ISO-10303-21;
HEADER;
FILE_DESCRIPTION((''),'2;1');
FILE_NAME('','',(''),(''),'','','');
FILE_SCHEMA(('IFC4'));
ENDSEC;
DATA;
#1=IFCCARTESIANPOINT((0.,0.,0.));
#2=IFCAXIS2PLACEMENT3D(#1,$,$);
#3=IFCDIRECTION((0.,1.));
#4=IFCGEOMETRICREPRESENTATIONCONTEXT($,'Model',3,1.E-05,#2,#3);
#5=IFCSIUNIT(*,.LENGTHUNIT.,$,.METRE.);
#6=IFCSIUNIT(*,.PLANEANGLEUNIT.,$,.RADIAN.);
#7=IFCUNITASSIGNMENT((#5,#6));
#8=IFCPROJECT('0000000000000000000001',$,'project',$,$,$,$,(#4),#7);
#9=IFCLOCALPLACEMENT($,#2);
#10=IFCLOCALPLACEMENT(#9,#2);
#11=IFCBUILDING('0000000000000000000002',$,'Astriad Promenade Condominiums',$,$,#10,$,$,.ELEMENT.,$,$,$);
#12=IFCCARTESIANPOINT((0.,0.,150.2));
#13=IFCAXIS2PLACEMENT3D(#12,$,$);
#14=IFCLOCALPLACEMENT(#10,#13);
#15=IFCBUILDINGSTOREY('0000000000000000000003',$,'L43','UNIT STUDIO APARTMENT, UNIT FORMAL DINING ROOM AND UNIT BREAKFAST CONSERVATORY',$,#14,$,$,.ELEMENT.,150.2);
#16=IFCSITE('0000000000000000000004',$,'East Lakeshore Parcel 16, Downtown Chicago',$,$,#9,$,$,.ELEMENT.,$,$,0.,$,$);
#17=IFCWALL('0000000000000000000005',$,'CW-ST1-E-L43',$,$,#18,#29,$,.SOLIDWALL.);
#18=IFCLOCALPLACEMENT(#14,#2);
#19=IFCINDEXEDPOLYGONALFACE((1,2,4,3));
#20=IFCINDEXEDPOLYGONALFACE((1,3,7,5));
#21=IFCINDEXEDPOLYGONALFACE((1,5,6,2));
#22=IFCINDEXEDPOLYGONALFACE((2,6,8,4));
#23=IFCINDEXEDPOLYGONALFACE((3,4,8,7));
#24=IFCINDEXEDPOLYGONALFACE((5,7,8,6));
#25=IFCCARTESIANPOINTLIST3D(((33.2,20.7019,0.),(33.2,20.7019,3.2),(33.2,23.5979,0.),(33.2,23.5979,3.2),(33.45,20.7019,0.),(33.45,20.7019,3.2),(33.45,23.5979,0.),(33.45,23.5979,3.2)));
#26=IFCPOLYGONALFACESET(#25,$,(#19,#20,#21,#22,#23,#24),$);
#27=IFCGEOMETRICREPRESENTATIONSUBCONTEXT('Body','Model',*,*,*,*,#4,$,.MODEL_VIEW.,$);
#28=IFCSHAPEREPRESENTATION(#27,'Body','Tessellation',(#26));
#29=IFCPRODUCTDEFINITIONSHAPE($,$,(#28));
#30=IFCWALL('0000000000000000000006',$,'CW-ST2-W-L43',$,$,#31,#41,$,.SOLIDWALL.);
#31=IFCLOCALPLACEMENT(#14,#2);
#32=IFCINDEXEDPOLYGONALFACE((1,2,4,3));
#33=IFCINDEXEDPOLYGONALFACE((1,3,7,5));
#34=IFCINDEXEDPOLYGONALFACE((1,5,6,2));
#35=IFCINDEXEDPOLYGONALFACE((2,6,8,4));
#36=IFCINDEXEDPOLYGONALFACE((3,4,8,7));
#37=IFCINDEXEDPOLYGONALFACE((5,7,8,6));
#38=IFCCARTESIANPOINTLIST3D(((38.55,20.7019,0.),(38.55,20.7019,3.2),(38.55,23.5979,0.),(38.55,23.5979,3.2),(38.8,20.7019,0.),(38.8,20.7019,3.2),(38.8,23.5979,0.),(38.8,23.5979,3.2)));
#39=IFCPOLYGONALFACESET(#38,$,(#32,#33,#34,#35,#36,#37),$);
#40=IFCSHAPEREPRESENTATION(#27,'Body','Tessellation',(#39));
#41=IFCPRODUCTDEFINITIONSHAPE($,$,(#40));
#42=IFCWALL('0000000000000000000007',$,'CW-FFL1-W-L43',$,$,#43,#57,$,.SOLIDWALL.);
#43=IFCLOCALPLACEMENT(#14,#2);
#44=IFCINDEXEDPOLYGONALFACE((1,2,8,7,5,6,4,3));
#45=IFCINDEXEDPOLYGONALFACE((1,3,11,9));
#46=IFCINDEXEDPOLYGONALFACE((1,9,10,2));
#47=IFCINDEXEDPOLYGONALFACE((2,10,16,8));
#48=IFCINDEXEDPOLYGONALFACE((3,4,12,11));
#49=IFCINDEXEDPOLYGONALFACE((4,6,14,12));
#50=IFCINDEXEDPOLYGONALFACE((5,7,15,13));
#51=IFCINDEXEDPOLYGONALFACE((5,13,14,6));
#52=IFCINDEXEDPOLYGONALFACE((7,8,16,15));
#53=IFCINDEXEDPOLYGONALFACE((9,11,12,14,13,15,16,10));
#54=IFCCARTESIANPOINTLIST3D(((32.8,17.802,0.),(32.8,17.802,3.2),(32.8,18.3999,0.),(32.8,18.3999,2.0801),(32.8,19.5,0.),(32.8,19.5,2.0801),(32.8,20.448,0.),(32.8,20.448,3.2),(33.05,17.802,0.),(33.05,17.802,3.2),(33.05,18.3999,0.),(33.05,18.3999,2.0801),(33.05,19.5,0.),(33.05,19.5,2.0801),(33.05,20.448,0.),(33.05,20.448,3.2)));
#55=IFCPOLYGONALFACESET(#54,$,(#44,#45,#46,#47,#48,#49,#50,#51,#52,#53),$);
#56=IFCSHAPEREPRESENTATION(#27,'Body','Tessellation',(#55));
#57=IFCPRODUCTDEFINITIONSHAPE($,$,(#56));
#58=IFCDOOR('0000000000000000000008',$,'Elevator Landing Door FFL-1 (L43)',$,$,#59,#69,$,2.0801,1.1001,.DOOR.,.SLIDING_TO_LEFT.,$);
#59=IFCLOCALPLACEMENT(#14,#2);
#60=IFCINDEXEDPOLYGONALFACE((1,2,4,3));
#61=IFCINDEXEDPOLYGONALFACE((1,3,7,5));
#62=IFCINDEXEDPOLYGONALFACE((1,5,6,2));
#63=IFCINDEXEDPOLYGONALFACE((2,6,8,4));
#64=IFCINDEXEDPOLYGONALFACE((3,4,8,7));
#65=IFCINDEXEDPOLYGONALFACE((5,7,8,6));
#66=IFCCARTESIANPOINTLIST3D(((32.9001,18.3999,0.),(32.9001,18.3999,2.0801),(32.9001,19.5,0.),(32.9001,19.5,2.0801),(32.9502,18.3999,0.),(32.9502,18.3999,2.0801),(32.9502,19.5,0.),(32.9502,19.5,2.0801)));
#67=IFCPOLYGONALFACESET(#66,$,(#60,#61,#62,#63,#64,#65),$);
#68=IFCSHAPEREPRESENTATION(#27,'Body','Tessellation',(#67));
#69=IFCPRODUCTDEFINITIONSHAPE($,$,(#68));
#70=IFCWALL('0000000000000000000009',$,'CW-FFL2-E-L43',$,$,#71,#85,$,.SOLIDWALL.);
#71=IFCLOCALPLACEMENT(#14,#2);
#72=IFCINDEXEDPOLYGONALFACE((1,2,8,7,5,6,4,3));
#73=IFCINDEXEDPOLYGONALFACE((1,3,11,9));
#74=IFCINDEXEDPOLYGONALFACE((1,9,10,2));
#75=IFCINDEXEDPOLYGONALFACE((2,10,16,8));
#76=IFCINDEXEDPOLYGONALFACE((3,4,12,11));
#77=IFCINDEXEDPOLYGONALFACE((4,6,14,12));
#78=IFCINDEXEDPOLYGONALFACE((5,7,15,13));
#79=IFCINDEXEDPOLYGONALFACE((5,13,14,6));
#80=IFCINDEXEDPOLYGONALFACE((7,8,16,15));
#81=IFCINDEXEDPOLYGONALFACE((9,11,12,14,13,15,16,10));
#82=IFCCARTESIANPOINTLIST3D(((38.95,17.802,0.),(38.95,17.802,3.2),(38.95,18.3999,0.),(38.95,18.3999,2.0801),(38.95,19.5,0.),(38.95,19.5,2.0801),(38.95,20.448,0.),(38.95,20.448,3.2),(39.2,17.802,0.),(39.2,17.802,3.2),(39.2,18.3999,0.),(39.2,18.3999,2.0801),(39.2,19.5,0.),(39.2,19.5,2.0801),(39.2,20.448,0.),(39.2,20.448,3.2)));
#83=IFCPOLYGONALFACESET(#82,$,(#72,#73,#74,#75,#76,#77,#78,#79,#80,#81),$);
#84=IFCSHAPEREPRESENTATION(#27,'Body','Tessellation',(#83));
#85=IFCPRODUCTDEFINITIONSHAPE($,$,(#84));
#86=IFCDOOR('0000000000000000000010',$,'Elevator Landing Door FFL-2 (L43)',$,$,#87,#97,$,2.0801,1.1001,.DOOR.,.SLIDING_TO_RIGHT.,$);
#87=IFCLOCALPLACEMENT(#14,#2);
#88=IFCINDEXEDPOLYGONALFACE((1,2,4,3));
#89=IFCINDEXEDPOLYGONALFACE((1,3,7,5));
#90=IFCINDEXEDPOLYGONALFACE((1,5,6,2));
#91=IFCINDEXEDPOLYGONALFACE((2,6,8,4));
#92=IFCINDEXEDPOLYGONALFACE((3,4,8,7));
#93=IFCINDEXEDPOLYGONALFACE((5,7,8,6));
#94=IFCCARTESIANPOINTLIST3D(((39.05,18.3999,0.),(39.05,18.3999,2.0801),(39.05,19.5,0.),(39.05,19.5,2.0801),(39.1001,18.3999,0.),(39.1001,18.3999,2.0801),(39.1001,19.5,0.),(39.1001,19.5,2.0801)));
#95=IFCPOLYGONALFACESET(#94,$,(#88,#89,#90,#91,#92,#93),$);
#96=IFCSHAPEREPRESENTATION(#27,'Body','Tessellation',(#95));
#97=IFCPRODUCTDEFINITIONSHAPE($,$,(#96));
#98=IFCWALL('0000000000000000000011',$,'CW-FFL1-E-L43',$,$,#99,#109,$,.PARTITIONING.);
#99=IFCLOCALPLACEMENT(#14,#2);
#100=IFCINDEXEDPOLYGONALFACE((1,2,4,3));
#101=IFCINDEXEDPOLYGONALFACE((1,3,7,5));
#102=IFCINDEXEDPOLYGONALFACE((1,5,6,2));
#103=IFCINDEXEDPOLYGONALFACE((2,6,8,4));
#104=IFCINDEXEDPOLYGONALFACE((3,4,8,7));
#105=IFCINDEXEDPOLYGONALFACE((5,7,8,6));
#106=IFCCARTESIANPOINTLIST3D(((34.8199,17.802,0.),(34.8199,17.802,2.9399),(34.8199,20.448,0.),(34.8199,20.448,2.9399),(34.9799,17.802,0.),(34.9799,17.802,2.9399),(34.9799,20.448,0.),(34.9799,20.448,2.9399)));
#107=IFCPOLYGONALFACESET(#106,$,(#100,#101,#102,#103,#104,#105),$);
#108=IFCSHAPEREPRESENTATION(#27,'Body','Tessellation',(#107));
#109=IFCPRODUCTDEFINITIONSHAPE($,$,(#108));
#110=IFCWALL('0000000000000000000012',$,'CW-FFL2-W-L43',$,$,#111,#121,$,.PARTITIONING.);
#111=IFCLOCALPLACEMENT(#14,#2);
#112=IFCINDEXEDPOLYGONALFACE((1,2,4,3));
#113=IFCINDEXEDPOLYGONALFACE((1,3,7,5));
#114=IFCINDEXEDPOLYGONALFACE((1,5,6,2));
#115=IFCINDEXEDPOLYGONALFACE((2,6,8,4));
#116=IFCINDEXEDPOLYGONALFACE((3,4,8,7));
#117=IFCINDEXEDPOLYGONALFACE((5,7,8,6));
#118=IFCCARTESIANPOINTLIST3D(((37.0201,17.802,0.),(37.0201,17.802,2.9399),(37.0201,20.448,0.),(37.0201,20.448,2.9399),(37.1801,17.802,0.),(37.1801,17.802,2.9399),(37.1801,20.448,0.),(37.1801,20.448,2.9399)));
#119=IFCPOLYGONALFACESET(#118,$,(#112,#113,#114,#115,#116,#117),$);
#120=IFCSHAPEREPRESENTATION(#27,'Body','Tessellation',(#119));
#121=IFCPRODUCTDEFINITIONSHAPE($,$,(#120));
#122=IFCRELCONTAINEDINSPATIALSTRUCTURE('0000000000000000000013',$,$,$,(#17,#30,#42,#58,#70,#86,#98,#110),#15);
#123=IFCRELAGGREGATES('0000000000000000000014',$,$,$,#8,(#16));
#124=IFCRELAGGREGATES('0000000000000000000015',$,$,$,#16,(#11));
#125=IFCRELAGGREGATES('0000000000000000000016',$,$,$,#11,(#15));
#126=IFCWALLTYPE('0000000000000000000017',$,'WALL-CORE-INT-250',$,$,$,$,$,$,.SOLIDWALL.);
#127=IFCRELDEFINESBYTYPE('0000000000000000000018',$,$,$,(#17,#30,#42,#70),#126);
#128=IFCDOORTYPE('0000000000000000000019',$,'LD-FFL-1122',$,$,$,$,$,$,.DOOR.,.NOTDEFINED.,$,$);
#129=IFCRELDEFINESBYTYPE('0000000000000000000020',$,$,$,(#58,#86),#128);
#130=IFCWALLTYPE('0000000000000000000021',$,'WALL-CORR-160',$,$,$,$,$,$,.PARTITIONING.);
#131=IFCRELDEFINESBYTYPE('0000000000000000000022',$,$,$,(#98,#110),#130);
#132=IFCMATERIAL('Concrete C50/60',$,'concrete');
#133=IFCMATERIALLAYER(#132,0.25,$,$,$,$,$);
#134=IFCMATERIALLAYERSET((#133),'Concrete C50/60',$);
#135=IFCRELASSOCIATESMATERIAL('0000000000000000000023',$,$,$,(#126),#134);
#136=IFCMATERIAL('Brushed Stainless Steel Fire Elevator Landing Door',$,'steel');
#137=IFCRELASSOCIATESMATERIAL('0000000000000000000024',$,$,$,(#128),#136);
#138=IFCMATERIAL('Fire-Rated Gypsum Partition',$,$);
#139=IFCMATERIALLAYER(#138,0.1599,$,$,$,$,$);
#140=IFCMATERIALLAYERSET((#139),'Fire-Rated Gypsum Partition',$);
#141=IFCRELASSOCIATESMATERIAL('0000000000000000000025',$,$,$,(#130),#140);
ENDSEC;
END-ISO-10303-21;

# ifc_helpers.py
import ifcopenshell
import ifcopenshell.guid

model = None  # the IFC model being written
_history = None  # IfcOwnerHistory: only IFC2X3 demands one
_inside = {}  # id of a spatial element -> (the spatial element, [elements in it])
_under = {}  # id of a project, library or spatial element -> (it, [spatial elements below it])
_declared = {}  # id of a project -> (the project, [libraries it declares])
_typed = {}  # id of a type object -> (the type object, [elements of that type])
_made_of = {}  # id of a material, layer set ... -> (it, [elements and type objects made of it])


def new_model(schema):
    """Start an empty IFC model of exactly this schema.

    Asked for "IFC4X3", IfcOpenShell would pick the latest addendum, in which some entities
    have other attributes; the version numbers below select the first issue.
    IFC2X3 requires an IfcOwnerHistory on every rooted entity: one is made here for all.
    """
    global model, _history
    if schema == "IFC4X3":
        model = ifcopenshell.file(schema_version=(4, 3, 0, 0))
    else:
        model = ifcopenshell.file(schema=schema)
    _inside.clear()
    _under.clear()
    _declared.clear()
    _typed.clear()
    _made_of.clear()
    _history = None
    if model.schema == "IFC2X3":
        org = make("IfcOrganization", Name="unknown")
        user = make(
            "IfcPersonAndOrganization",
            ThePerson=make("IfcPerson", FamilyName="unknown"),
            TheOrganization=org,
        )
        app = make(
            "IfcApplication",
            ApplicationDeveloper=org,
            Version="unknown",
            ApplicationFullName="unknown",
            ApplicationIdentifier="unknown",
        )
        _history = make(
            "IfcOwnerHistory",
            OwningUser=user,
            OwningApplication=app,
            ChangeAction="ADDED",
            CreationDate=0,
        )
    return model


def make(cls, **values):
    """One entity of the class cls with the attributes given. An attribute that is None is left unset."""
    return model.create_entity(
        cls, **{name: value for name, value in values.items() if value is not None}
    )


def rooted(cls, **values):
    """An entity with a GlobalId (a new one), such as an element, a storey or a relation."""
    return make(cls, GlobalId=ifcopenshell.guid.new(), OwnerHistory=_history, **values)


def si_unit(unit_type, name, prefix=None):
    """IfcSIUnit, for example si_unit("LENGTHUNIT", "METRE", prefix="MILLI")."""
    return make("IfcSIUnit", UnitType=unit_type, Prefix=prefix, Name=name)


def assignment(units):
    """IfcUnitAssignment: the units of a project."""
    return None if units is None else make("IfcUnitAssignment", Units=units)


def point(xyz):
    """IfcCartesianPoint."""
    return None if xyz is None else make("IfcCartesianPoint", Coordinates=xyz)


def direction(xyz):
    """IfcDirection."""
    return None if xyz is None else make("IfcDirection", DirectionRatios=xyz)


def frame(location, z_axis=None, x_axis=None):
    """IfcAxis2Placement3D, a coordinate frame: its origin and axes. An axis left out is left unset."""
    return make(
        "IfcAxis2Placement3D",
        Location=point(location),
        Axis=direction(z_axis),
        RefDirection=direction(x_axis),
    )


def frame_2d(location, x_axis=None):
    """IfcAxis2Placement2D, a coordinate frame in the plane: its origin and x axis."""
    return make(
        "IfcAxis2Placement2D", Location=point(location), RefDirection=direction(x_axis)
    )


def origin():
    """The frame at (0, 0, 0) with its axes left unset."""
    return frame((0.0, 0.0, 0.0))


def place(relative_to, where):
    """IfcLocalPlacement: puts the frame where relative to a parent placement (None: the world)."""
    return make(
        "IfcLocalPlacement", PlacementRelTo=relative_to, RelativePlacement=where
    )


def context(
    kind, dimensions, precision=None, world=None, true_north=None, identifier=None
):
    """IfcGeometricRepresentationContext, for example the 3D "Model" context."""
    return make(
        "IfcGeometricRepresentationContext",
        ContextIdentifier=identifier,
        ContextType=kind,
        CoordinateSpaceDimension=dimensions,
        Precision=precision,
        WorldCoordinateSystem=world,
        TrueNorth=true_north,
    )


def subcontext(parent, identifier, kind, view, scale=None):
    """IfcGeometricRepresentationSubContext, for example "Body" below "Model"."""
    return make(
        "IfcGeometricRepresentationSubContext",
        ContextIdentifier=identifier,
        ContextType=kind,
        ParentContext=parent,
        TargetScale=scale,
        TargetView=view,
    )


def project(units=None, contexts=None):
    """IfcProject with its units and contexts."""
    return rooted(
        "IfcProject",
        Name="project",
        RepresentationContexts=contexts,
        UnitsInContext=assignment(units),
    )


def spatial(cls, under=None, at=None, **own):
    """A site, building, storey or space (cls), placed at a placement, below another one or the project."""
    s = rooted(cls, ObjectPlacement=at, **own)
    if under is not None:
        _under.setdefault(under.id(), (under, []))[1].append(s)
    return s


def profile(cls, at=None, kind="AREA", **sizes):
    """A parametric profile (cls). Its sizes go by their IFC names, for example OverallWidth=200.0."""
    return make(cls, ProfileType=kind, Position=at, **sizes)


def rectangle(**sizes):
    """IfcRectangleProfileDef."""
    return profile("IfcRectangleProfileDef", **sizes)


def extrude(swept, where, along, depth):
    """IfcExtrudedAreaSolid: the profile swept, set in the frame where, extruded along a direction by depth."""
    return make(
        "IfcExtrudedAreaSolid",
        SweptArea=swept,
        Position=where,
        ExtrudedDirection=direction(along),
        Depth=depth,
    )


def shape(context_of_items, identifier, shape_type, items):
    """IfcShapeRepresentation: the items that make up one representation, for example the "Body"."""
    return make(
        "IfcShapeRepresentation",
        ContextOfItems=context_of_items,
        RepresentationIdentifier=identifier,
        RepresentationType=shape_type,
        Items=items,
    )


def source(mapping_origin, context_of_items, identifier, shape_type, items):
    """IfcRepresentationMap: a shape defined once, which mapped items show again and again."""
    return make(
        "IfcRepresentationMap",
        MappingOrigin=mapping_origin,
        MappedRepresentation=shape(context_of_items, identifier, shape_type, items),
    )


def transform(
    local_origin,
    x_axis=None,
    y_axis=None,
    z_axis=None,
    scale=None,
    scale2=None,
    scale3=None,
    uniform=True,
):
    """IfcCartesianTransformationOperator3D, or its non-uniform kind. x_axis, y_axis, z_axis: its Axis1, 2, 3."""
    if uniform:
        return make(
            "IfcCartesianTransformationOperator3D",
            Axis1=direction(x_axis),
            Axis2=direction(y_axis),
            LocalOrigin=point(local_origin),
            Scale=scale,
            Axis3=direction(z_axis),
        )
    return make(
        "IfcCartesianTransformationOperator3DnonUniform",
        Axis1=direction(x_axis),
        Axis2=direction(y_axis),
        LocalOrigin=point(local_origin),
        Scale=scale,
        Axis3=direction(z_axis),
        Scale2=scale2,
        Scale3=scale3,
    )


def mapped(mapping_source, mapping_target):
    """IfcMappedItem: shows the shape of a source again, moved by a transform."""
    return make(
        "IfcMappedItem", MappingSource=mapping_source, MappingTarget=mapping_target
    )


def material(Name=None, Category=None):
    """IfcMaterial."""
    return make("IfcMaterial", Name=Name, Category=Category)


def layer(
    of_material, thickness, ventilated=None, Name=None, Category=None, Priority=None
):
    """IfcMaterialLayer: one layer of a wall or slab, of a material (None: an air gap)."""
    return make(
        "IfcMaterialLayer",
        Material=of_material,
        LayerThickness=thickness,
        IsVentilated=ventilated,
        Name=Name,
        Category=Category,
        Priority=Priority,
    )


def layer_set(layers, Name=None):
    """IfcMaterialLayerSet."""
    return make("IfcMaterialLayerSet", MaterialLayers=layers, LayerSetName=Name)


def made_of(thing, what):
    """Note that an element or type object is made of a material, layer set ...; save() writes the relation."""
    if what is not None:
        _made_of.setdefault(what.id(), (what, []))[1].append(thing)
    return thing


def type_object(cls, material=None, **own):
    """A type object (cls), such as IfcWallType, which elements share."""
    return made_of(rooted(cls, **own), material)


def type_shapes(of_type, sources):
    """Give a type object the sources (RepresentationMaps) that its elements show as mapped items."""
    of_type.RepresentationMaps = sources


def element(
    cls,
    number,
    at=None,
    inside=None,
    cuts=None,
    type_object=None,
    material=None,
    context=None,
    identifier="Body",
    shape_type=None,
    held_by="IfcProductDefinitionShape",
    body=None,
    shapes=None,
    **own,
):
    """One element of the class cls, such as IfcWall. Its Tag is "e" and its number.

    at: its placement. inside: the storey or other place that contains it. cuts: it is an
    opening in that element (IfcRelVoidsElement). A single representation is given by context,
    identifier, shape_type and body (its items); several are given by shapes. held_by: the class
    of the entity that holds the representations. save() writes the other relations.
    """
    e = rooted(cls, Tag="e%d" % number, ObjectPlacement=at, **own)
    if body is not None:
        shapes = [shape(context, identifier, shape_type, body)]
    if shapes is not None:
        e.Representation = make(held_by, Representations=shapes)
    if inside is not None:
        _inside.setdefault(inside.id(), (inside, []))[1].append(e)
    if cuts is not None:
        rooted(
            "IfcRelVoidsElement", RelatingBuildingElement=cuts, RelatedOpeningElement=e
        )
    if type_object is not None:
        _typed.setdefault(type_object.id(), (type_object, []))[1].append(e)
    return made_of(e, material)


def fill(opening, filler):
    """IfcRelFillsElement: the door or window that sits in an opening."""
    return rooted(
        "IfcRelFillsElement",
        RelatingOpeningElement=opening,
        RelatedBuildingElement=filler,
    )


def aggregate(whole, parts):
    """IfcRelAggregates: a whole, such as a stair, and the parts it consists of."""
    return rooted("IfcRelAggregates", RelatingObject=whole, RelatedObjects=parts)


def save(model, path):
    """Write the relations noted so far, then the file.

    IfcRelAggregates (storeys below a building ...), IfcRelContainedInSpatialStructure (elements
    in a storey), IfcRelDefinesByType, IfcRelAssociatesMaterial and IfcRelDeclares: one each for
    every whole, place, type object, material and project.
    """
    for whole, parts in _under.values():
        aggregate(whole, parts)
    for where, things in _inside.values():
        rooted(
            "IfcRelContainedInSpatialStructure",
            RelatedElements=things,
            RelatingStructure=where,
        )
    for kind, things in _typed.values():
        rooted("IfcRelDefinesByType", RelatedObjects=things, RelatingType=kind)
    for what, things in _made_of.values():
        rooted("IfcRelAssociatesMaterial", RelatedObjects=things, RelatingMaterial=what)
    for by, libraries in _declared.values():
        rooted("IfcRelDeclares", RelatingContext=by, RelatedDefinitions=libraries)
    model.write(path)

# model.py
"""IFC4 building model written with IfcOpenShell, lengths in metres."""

from ifc_helpers import new_model, si_unit, direction, frame, frame_2d, origin, place, context, subcontext, project, spatial, rectangle, extrude, source, transform, mapped, material, layer, layer_set, type_object, type_shapes, element, fill, save


model = new_model("IFC4")

# Units and contexts
model_context = context("Model", 3, precision=1e-05, world=origin(), true_north=direction((0.0, 1.0)))
body_context = subcontext(model_context, "Body", "Model", "MODEL_VIEW")
ifc_project = project(units=[si_unit("LENGTHUNIT", "METRE"), si_unit("PLANEANGLEUNIT", "RADIAN")], contexts=[model_context])

# Site, building, storey
site_placement = place(None, origin())
site = spatial("IfcSite", under=ifc_project, at=site_placement, Name="East Lakeshore Parcel 16, Downtown Chicago", CompositionType="ELEMENT", RefElevation=0.0)
building_placement = place(site_placement, origin())
building = spatial("IfcBuilding", under=site, at=building_placement, Name="Astriad Promenade Condominiums", CompositionType="ELEMENT")
storey_placement = place(building_placement, frame((0.0, 0.0, 150.2)))
storey = spatial("IfcBuildingStorey", under=building, at=storey_placement, Name="L43", Description="UNIT STUDIO APARTMENT, UNIT FORMAL DINING ROOM AND UNIT BREAKFAST CONSERVATORY", CompositionType="ELEMENT", Elevation=150.2)

# Shared definitions
ifc_material_1 = material(Name="Concrete C50/60", Category="concrete")
ifc_layer_1 = layer(ifc_material_1, 0.25)
ifc_layer_set_1 = layer_set([ifc_layer_1], Name="Concrete C50/60")
wall_type_1 = type_object("IfcWallType", Name="WALL-CORE-INT-250", PredefinedType="SOLIDWALL", material=ifc_layer_set_1)

# Walls
for number, where, z_axis, x_axis, name in (
    (1, (33.325, 20.7019, 0.0), (0.0, 0.0, 1.0), (0.0, 1.0, 0.0), "CW-ST1-E-L43"),
    (2, (38.675, 20.7019, 0.0), (0.0, 0.0, 1.0), (0.0, 1.0, 0.0), "CW-ST2-W-L43"),
):
    element("IfcWall", number, at=place(storey_placement, frame(where, z_axis=z_axis, x_axis=x_axis)), inside=storey, type_object=wall_type_1, Name=name, PredefinedType="SOLIDWALL", context=body_context, shape_type="SweptSolid", body=[
        extrude(rectangle(XDim=2.896, YDim=0.25, at=frame_2d((1.448, 0.0))), origin(), (0.0, 0.0, 1.0), 3.2),
    ])

# Walls, openings, doors
wall_1_placement = place(storey_placement, frame((32.925, 17.802, 0.0), z_axis=(0.0, 0.0, 1.0), x_axis=(0.0, 1.0, 0.0)))
wall_1 = element("IfcWall", 3, at=wall_1_placement, inside=storey, type_object=wall_type_1, Name="CW-FFL1-W-L43", PredefinedType="SOLIDWALL", context=body_context, shape_type="SweptSolid", body=[
    extrude(rectangle(XDim=2.646, YDim=0.25, at=frame_2d((1.323, 0.0))), origin(), (0.0, 0.0, 1.0), 3.2),
])
opening_1_placement = place(wall_1_placement, frame((0.5979, 0.0, 0.0)))
opening_1 = element("IfcOpeningElement", 4, at=opening_1_placement, cuts=wall_1, PredefinedType="OPENING", context=body_context, shape_type="SweptSolid", body=[
    extrude(rectangle(XDim=1.1001, YDim=2.0801, at=frame_2d((0.55, 1.04))), frame((0.0, 0.135, 0.0), z_axis=(0.0, -1.0, 0.0), x_axis=(1.0, 0.0, 0.0)), (0.0, 0.0, 1.0), 0.27),
])
ifc_material_2 = material(Name="Brushed Stainless Steel Fire Elevator Landing Door", Category="steel")
door_type_1 = type_object("IfcDoorType", Name="LD-FFL-1122", OperationType="NOTDEFINED", PredefinedType="DOOR", material=ifc_material_2)
shared_shape_1 = source(origin(), body_context, "Body", "SweptSolid", [
    extrude(rectangle(XDim=1.1001, YDim=2.0801, at=frame_2d((0.55, 1.04))), frame((0.0, 0.0249, 0.0), z_axis=(0.0, -1.0, 0.0), x_axis=(1.0, 0.0, 0.0)), (0.0, 0.0, 1.0), 0.05),
])
type_shapes(door_type_1, [shared_shape_1])
door_1_placement = place(opening_1_placement, origin())
door_1 = element("IfcDoor", 5, at=door_1_placement, inside=storey, type_object=door_type_1, Name="Elevator Landing Door FFL-1 (L43)", OperationType="SLIDING_TO_LEFT", OverallHeight=2.0801, OverallWidth=1.1001, PredefinedType="DOOR", context=body_context, shape_type="MappedRepresentation", body=[
    mapped(shared_shape_1, transform((0.0, 0.0, 0.0), scale=1.0)),
])
fill(opening_1, door_1)
wall_2_placement = place(storey_placement, frame((39.075, 17.802, 0.0), z_axis=(0.0, 0.0, 1.0), x_axis=(0.0, 1.0, 0.0)))
wall_2 = element("IfcWall", 6, at=wall_2_placement, inside=storey, type_object=wall_type_1, Name="CW-FFL2-E-L43", PredefinedType="SOLIDWALL", context=body_context, shape_type="SweptSolid", body=[
    extrude(rectangle(XDim=2.646, YDim=0.25, at=frame_2d((1.323, 0.0))), origin(), (0.0, 0.0, 1.0), 3.2),
])
opening_2_placement = place(wall_2_placement, frame((0.5979, 0.0, 0.0)))
opening_2 = element("IfcOpeningElement", 7, at=opening_2_placement, cuts=wall_2, PredefinedType="OPENING", context=body_context, shape_type="SweptSolid", body=[
    extrude(rectangle(XDim=1.1001, YDim=2.0801, at=frame_2d((0.55, 1.04))), frame((0.0, 0.135, 0.0), z_axis=(0.0, -1.0, 0.0), x_axis=(1.0, 0.0, 0.0)), (0.0, 0.0, 1.0), 0.27),
])
door_2_placement = place(opening_2_placement, origin())
door_2 = element("IfcDoor", 8, at=door_2_placement, inside=storey, type_object=door_type_1, Name="Elevator Landing Door FFL-2 (L43)", OperationType="SLIDING_TO_RIGHT", OverallHeight=2.0801, OverallWidth=1.1001, PredefinedType="DOOR", context=body_context, shape_type="MappedRepresentation", body=[
    mapped(shared_shape_1, transform((0.0, 0.0, 0.0), scale=1.0)),
])
fill(opening_2, door_2)

# Walls
ifc_material_3 = material(Name="Fire-Rated Gypsum Partition")
ifc_layer_2 = layer(ifc_material_3, 0.1599)
ifc_layer_set_2 = layer_set([ifc_layer_2], Name="Fire-Rated Gypsum Partition")
wall_type_2 = type_object("IfcWallType", Name="WALL-CORR-160", PredefinedType="PARTITIONING", material=ifc_layer_set_2)
for number, where, z_axis, x_axis, name in (
    (9, (34.8999, 17.802, 0.0), (0.0, 0.0, 1.0), (0.0, 1.0, 0.0), "CW-FFL1-E-L43"),
    (10, (37.1001, 17.802, 0.0), (0.0, 0.0, 1.0), (0.0, 1.0, 0.0), "CW-FFL2-W-L43"),
):
    element("IfcWall", number, at=place(storey_placement, frame(where, z_axis=z_axis, x_axis=x_axis)), inside=storey, type_object=wall_type_2, Name=name, PredefinedType="PARTITIONING", context=body_context, shape_type="SweptSolid", body=[
        extrude(rectangle(XDim=2.646, YDim=0.1599, at=frame_2d((1.323, 0.0))), origin(), (0.0, 0.0, 1.0), 2.9399),
    ])

save(model, "model.ifc")
